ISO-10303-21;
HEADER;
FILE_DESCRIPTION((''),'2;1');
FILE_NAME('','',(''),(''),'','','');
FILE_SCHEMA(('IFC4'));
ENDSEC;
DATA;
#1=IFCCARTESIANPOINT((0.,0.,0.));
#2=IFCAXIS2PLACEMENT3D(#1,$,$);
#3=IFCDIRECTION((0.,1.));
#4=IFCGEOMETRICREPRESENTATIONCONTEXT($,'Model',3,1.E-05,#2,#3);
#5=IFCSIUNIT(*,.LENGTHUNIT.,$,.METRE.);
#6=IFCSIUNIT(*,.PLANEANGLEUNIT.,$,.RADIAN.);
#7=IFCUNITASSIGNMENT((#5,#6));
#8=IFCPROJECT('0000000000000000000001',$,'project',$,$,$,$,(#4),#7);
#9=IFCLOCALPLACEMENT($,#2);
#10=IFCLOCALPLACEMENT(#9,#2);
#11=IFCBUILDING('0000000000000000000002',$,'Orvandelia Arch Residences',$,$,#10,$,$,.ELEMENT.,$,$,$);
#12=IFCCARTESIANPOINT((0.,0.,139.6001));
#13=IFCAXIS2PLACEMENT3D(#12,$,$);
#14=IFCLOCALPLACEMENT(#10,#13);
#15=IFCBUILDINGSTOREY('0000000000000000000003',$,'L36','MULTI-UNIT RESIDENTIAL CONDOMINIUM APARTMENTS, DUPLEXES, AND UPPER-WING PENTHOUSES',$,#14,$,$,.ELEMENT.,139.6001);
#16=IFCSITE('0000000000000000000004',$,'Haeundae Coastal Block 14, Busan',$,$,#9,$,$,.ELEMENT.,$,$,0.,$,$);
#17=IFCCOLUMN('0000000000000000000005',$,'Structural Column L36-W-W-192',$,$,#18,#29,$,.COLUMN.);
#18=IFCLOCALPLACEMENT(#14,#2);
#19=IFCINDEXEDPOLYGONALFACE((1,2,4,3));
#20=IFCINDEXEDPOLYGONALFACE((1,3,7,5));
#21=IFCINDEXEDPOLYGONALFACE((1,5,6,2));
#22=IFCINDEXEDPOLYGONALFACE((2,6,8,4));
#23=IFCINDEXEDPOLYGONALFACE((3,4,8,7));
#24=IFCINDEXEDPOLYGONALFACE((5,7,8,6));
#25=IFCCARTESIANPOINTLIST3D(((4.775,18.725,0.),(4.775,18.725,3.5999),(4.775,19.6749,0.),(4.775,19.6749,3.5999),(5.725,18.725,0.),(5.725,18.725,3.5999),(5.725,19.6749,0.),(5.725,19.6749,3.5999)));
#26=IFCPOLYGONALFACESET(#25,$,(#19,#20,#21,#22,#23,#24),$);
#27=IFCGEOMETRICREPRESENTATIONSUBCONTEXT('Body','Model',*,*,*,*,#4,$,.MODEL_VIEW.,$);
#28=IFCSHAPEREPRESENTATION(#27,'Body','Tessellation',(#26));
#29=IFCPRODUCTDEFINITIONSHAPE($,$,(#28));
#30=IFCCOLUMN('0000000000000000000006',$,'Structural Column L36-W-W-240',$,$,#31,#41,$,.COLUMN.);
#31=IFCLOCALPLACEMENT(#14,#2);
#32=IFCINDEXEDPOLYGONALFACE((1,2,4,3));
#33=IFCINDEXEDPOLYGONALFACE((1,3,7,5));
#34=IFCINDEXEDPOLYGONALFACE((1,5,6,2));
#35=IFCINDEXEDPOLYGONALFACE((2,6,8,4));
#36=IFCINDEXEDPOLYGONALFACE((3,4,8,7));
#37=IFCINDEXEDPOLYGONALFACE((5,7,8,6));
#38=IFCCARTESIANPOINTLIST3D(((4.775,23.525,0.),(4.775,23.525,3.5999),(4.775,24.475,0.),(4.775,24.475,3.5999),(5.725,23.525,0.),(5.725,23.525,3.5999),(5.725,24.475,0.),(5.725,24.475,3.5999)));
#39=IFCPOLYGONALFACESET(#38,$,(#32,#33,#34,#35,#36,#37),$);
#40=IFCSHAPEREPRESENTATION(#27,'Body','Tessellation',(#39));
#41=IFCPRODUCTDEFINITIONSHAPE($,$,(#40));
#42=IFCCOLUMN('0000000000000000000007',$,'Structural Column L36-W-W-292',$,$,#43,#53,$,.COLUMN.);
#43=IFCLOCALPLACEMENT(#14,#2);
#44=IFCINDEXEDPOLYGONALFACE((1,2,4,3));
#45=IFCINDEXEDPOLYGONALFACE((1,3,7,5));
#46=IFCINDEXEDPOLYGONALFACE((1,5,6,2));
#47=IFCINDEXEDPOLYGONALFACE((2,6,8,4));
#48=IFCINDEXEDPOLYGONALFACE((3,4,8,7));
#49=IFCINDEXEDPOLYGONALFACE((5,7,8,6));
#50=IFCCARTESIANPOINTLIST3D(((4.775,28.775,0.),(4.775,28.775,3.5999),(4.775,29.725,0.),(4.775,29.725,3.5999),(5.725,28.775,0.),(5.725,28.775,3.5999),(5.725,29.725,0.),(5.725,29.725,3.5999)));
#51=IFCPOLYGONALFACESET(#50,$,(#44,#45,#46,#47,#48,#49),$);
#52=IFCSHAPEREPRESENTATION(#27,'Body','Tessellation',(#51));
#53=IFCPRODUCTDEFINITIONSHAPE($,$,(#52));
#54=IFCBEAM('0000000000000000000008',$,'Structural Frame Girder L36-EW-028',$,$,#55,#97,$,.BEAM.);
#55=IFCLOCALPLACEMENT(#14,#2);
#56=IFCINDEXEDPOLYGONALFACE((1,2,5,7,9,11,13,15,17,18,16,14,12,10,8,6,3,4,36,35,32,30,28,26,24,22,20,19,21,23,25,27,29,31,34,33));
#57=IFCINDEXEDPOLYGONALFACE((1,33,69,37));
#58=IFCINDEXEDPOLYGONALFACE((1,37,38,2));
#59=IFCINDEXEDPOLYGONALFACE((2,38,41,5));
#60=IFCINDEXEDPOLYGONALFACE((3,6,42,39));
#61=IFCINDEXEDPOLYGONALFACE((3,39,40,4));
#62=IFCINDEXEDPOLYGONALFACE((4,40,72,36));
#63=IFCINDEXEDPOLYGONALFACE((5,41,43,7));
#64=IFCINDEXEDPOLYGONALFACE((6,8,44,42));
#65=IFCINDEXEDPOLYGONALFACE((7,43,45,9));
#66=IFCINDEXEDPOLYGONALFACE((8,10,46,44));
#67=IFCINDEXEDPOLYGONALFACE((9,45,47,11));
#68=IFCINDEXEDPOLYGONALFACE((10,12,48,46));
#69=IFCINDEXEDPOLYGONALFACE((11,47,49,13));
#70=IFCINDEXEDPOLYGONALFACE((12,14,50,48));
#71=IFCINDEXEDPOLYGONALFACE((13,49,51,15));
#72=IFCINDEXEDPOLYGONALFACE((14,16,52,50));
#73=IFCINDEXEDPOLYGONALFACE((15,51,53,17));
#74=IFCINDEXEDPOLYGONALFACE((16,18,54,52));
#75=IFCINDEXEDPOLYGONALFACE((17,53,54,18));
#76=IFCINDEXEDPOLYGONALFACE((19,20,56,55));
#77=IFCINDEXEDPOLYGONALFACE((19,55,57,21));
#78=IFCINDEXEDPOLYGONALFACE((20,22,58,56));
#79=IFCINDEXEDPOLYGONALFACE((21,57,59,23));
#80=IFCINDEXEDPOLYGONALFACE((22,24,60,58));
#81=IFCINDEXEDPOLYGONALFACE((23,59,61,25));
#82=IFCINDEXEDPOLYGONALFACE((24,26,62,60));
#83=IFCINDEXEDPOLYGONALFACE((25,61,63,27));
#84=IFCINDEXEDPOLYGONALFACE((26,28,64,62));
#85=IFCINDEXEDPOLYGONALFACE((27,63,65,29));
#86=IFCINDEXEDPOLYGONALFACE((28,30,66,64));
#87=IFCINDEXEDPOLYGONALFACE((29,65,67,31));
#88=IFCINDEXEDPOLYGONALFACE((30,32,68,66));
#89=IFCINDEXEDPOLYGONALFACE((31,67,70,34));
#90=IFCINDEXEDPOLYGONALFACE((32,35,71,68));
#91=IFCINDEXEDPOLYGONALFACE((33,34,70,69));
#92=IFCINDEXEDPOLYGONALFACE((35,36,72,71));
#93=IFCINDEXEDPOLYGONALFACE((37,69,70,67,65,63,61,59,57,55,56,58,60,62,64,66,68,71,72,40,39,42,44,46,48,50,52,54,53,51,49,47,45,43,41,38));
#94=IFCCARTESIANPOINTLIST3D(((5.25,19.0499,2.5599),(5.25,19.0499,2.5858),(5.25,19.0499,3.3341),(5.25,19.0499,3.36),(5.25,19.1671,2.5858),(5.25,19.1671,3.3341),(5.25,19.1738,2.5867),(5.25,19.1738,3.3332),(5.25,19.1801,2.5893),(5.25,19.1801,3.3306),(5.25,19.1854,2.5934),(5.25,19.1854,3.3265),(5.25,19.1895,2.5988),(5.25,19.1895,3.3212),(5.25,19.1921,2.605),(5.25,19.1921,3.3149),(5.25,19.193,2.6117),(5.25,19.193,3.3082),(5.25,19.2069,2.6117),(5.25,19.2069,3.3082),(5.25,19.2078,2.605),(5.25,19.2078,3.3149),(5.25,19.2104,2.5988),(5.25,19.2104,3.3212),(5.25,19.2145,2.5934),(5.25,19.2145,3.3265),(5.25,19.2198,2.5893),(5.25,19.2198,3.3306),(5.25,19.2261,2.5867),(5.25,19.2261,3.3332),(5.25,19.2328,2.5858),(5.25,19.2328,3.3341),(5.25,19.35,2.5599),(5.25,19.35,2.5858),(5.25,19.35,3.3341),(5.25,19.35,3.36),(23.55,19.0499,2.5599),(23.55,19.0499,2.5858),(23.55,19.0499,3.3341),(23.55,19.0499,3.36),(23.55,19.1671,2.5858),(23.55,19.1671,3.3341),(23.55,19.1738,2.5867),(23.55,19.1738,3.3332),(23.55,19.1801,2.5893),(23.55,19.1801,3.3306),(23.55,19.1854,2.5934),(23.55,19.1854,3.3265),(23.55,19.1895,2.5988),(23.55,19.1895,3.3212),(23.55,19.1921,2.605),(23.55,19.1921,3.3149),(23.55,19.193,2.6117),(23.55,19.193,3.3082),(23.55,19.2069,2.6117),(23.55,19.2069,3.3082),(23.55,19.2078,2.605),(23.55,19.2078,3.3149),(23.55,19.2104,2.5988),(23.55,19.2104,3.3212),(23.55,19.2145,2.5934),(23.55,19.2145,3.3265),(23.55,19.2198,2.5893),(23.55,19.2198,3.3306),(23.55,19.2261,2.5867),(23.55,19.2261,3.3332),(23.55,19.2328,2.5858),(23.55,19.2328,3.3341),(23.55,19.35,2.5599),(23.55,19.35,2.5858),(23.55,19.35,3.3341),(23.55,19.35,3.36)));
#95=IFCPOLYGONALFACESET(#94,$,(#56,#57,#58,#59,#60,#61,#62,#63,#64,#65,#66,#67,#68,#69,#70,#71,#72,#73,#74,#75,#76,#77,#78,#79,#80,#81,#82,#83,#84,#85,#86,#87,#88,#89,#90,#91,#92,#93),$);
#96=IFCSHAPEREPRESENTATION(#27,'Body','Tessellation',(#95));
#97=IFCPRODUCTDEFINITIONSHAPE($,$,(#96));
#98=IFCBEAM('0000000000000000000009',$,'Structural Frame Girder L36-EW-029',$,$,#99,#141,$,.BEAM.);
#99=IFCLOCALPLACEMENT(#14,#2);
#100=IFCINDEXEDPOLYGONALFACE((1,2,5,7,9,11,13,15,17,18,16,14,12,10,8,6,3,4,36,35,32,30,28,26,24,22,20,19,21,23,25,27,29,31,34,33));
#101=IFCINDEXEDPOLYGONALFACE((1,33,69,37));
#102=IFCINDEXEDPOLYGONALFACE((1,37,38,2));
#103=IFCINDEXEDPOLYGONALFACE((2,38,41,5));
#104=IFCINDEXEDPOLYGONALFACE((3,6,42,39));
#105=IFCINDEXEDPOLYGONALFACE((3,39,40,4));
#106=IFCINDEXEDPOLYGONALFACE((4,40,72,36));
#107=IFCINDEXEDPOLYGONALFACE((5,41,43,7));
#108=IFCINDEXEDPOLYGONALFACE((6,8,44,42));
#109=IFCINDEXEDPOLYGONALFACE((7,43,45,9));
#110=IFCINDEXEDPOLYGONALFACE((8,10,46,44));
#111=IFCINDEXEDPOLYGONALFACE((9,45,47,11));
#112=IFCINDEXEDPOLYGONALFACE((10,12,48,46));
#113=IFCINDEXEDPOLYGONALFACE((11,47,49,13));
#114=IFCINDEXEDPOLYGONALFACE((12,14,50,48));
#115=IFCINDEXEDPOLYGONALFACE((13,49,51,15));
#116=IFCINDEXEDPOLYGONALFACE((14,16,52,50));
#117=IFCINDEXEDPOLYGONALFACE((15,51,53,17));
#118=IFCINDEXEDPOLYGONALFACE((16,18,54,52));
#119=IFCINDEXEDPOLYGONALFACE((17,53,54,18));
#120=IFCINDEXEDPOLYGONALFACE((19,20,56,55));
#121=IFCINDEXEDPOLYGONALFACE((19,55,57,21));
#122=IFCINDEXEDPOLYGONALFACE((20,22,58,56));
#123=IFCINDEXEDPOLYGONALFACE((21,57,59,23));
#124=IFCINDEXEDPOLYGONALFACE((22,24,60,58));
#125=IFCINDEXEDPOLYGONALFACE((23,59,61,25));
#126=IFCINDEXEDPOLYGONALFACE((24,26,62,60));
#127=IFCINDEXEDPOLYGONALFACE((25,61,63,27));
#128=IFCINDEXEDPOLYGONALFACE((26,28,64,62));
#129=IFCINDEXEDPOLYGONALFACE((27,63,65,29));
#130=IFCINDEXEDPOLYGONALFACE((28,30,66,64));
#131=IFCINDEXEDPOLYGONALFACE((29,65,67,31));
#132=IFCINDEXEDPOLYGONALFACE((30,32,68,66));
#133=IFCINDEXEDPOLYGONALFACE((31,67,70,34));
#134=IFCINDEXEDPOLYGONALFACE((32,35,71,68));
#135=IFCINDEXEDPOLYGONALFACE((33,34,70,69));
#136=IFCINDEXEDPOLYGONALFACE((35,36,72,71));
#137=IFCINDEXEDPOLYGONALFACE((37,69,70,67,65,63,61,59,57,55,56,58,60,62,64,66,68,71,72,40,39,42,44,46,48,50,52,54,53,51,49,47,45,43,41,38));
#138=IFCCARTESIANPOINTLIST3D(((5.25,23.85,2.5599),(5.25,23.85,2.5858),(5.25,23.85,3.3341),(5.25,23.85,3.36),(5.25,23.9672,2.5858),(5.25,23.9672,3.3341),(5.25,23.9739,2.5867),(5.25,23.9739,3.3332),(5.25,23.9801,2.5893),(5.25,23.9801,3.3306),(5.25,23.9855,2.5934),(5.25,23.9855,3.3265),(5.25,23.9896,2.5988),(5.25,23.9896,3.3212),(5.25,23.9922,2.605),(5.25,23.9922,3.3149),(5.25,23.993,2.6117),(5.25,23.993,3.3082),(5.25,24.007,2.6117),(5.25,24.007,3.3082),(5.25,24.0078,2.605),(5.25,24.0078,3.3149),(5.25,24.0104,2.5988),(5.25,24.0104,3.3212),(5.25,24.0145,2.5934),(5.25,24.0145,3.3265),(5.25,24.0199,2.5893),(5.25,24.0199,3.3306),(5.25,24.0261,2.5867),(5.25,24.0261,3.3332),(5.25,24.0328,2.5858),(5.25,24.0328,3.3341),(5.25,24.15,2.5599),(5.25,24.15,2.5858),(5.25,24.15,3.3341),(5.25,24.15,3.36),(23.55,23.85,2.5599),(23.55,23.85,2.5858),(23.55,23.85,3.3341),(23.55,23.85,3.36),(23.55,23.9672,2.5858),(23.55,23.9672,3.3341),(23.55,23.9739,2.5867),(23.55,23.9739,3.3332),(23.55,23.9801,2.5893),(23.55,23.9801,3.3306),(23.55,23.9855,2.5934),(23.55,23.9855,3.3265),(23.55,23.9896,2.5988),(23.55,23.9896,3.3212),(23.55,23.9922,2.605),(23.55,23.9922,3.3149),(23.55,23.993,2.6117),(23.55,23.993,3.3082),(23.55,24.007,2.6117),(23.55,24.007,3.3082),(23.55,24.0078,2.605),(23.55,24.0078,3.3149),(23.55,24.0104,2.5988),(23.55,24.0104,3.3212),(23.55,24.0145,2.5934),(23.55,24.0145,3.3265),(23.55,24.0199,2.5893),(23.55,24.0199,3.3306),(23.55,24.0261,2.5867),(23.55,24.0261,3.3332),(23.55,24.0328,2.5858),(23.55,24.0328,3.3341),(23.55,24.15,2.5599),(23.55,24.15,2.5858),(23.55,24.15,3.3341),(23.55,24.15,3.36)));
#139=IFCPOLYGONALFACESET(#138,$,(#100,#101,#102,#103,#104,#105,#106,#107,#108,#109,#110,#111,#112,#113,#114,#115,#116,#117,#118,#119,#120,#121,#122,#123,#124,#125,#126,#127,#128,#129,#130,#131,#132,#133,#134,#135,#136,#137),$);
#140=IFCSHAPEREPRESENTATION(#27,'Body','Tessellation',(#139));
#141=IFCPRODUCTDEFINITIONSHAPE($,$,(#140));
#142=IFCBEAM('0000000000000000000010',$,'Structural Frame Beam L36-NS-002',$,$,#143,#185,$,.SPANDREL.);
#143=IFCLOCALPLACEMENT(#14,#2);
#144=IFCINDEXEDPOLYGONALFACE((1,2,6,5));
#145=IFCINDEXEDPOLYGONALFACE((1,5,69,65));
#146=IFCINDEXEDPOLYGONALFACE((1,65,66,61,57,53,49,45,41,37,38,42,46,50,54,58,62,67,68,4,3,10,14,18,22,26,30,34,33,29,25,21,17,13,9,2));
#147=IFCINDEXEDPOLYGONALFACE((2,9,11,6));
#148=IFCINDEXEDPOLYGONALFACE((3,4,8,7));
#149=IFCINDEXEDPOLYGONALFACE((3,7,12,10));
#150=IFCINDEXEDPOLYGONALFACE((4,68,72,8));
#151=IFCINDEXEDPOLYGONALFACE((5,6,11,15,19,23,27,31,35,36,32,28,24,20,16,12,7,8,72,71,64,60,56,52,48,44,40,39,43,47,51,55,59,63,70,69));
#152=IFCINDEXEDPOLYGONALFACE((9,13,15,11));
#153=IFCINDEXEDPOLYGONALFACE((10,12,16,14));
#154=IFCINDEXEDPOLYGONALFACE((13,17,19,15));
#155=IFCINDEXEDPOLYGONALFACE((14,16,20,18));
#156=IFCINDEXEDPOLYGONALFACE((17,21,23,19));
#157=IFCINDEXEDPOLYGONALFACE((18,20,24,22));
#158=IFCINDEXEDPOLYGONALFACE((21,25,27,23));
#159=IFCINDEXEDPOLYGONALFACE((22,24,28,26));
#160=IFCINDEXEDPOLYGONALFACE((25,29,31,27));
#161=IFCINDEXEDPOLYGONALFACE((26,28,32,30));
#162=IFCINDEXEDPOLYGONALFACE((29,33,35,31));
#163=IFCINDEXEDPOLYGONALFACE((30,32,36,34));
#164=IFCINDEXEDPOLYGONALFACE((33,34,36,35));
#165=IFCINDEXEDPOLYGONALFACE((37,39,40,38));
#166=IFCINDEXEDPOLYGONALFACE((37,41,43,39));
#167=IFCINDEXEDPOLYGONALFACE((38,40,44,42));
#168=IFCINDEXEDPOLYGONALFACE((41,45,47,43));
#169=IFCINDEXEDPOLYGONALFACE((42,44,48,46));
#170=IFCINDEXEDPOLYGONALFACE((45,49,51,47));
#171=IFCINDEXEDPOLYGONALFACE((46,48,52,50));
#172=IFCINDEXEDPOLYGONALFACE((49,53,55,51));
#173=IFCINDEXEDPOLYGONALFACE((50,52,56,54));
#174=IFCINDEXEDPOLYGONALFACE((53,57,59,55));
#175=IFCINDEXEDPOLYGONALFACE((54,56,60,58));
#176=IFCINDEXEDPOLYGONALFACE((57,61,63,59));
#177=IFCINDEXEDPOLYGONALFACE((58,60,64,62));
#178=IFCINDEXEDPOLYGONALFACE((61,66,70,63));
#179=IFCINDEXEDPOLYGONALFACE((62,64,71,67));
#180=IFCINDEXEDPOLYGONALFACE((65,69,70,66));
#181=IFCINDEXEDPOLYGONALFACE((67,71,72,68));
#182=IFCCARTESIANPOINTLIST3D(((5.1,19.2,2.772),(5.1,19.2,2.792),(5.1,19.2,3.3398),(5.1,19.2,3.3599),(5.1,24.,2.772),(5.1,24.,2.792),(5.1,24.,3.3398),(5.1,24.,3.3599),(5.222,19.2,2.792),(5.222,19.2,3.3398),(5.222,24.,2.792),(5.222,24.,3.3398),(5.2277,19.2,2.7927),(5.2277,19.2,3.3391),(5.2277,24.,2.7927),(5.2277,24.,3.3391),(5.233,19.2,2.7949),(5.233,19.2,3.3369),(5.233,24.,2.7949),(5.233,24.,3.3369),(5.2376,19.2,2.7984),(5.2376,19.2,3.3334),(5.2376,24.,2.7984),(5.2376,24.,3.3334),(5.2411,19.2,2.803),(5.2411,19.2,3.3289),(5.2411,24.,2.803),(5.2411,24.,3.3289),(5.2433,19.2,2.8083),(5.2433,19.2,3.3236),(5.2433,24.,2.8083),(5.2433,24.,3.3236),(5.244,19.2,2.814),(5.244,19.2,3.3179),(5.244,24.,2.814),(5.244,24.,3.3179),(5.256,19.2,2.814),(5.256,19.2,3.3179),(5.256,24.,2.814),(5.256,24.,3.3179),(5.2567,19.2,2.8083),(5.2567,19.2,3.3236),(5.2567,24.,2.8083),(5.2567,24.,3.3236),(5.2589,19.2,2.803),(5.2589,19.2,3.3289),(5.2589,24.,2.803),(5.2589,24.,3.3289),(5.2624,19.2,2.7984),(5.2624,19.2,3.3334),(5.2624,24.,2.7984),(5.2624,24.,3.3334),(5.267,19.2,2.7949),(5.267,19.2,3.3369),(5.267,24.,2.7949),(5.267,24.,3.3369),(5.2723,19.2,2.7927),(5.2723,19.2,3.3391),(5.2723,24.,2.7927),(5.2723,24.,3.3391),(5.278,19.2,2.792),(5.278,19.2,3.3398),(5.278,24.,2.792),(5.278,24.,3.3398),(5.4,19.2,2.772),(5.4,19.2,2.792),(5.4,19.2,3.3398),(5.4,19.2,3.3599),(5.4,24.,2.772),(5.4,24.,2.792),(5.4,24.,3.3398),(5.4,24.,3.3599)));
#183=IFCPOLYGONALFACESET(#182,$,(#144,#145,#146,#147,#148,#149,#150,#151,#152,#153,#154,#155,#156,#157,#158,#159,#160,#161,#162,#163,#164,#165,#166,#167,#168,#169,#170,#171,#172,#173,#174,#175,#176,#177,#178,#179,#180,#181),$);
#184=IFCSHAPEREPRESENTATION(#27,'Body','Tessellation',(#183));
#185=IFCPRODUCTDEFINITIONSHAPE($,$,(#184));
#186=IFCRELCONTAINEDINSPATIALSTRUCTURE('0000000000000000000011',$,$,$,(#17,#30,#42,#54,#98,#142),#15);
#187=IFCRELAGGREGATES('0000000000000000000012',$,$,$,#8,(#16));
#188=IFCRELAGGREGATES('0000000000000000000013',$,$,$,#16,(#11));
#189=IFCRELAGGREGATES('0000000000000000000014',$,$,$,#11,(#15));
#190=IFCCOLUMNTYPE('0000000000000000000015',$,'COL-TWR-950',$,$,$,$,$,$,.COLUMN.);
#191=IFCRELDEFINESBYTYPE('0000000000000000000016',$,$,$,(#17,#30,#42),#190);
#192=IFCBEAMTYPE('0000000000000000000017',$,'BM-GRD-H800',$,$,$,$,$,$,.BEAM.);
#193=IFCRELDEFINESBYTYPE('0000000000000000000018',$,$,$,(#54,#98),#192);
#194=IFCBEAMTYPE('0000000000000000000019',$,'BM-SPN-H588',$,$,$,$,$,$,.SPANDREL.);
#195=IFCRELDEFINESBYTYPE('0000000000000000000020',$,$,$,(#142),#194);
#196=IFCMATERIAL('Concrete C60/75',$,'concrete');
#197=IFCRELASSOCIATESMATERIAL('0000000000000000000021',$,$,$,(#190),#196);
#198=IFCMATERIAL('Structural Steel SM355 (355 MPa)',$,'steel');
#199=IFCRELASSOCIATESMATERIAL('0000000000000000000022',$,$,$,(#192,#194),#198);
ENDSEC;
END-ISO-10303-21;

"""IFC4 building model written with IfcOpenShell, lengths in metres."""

from ifc_helpers import new_model, si_unit, direction, frame, origin, origin_2d, place, context, subcontext, project, spatial, rectangle, i_section, extrude, material, material_profile, profile_set, type_object, element, save


model = new_model("IFC4")

# Units and contexts
model_context = context("Model", 3, precision=1e-05, world=origin(), true_north=direction((0.0, 1.0)))
body_context = subcontext(model_context, "Body", "Model", "MODEL_VIEW")
ifc_project = project(units=[si_unit("LENGTHUNIT", "METRE"), si_unit("PLANEANGLEUNIT", "RADIAN")], contexts=[model_context])

# Site, building, storey
site_placement = place(None, origin())
site = spatial("IfcSite", under=ifc_project, at=site_placement, Name="Haeundae Coastal Block 14, Busan", CompositionType="ELEMENT", RefElevation=0.0)
building_placement = place(site_placement, origin())
building = spatial("IfcBuilding", under=site, at=building_placement, Name="Orvandelia Arch Residences", CompositionType="ELEMENT")
storey_placement = place(building_placement, frame((0.0, 0.0, 139.6001)))
storey = spatial("IfcBuildingStorey", under=building, at=storey_placement, Name="L36", Description="MULTI-UNIT RESIDENTIAL CONDOMINIUM APARTMENTS, DUPLEXES, AND UPPER-WING PENTHOUSES", CompositionType="ELEMENT", Elevation=139.6001)

# Columns
ifc_material_1 = material(Name="Concrete C60/75", Category="concrete")
ifc_material_profile_1 = material_profile(ifc_material_1, rectangle(XDim=0.95, YDim=0.95, at=origin_2d()), Name="Concrete C60/75", Category="concrete")
ifc_profile_set_1 = profile_set([ifc_material_profile_1], Name="Concrete C60/75")
column_type = type_object("IfcColumnType", Name="COL-TWR-950", PredefinedType="COLUMN", material=ifc_profile_set_1)
for number, where, z_axis, x_axis, name in (
    (1, (5.25, 19.2, 0.0), (0.0, 0.0, 1.0), (1.0, 0.0, 0.0), "Structural Column L36-W-W-192"),
    (2, (5.25, 24.0, 0.0), (0.0, 0.0, 1.0), (1.0, 0.0, 0.0), "Structural Column L36-W-W-240"),
    (3, (5.25, 29.25, 0.0), (0.0, 0.0, 1.0), (1.0, 0.0, 0.0), "Structural Column L36-W-W-292"),
):
    element("IfcColumn", number, at=place(storey_placement, frame(where, z_axis=z_axis, x_axis=x_axis)), inside=storey, type_object=column_type, Name=name, PredefinedType="COLUMN", context=body_context, shape_type="SweptSolid", body=[
        extrude(rectangle(XDim=0.95, YDim=0.95, at=origin_2d()), origin(), (0.0, 0.0, 1.0), 3.5999),
    ])

# Beams
ifc_material_2 = material(Name="Structural Steel SM355 (355 MPa)", Category="steel")
ifc_material_profile_2 = material_profile(ifc_material_2, i_section(OverallWidth=0.3, OverallDepth=0.8, WebThickness=0.0139, FlangeThickness=0.0259, FilletRadius=0.0259, at=origin_2d()), Name="Structural Steel SM355 (355 MPa)", Category="steel")
ifc_profile_set_2 = profile_set([ifc_material_profile_2], Name="Structural Steel SM355 (355 MPa)")
beam_type_1 = type_object("IfcBeamType", Name="BM-GRD-H800", PredefinedType="BEAM", material=ifc_profile_set_2)
for number, where, z_axis, x_axis, name in (
    (4, (5.25, 19.2, 2.96), (1.0, 0.0, 0.0), (0.0, 1.0, 0.0), "Structural Frame Girder L36-EW-028"),
    (5, (5.25, 24.0, 2.96), (1.0, 0.0, 0.0), (0.0, 1.0, 0.0), "Structural Frame Girder L36-EW-029"),
):
    element("IfcBeam", number, at=place(storey_placement, frame(where, z_axis=z_axis, x_axis=x_axis)), inside=storey, type_object=beam_type_1, Name=name, PredefinedType="BEAM", context=body_context, shape_type="SweptSolid", body=[
        extrude(i_section(OverallWidth=0.3, OverallDepth=0.8, WebThickness=0.0139, FlangeThickness=0.0259, FilletRadius=0.0259, at=origin_2d()), origin(), (0.0, 0.0, 1.0), 18.3),
    ])
ifc_material_profile_3 = material_profile(ifc_material_2, i_section(OverallWidth=0.3, OverallDepth=0.5879, WebThickness=0.012, FlangeThickness=0.02, FilletRadius=0.022, at=origin_2d()), Name="Structural Steel SM355 (355 MPa)", Category="steel")
ifc_profile_set_3 = profile_set([ifc_material_profile_3], Name="Structural Steel SM355 (355 MPa)")
beam_type_2 = type_object("IfcBeamType", Name="BM-SPN-H588", PredefinedType="SPANDREL", material=ifc_profile_set_3)
beam_1_placement = place(storey_placement, frame((5.25, 19.2, 3.0659), z_axis=(0.0, 1.0, 0.0), x_axis=(-1.0, 0.0, 0.0)))
element("IfcBeam", 6, at=beam_1_placement, inside=storey, type_object=beam_type_2, Name="Structural Frame Beam L36-NS-002", PredefinedType="SPANDREL", context=body_context, shape_type="SweptSolid", body=[
    extrude(i_section(OverallWidth=0.3, OverallDepth=0.5879, WebThickness=0.012, FlangeThickness=0.02, FilletRadius=0.022, at=origin_2d()), origin(), (0.0, 0.0, 1.0), 4.8),
])

save(model, "model.ifc")
